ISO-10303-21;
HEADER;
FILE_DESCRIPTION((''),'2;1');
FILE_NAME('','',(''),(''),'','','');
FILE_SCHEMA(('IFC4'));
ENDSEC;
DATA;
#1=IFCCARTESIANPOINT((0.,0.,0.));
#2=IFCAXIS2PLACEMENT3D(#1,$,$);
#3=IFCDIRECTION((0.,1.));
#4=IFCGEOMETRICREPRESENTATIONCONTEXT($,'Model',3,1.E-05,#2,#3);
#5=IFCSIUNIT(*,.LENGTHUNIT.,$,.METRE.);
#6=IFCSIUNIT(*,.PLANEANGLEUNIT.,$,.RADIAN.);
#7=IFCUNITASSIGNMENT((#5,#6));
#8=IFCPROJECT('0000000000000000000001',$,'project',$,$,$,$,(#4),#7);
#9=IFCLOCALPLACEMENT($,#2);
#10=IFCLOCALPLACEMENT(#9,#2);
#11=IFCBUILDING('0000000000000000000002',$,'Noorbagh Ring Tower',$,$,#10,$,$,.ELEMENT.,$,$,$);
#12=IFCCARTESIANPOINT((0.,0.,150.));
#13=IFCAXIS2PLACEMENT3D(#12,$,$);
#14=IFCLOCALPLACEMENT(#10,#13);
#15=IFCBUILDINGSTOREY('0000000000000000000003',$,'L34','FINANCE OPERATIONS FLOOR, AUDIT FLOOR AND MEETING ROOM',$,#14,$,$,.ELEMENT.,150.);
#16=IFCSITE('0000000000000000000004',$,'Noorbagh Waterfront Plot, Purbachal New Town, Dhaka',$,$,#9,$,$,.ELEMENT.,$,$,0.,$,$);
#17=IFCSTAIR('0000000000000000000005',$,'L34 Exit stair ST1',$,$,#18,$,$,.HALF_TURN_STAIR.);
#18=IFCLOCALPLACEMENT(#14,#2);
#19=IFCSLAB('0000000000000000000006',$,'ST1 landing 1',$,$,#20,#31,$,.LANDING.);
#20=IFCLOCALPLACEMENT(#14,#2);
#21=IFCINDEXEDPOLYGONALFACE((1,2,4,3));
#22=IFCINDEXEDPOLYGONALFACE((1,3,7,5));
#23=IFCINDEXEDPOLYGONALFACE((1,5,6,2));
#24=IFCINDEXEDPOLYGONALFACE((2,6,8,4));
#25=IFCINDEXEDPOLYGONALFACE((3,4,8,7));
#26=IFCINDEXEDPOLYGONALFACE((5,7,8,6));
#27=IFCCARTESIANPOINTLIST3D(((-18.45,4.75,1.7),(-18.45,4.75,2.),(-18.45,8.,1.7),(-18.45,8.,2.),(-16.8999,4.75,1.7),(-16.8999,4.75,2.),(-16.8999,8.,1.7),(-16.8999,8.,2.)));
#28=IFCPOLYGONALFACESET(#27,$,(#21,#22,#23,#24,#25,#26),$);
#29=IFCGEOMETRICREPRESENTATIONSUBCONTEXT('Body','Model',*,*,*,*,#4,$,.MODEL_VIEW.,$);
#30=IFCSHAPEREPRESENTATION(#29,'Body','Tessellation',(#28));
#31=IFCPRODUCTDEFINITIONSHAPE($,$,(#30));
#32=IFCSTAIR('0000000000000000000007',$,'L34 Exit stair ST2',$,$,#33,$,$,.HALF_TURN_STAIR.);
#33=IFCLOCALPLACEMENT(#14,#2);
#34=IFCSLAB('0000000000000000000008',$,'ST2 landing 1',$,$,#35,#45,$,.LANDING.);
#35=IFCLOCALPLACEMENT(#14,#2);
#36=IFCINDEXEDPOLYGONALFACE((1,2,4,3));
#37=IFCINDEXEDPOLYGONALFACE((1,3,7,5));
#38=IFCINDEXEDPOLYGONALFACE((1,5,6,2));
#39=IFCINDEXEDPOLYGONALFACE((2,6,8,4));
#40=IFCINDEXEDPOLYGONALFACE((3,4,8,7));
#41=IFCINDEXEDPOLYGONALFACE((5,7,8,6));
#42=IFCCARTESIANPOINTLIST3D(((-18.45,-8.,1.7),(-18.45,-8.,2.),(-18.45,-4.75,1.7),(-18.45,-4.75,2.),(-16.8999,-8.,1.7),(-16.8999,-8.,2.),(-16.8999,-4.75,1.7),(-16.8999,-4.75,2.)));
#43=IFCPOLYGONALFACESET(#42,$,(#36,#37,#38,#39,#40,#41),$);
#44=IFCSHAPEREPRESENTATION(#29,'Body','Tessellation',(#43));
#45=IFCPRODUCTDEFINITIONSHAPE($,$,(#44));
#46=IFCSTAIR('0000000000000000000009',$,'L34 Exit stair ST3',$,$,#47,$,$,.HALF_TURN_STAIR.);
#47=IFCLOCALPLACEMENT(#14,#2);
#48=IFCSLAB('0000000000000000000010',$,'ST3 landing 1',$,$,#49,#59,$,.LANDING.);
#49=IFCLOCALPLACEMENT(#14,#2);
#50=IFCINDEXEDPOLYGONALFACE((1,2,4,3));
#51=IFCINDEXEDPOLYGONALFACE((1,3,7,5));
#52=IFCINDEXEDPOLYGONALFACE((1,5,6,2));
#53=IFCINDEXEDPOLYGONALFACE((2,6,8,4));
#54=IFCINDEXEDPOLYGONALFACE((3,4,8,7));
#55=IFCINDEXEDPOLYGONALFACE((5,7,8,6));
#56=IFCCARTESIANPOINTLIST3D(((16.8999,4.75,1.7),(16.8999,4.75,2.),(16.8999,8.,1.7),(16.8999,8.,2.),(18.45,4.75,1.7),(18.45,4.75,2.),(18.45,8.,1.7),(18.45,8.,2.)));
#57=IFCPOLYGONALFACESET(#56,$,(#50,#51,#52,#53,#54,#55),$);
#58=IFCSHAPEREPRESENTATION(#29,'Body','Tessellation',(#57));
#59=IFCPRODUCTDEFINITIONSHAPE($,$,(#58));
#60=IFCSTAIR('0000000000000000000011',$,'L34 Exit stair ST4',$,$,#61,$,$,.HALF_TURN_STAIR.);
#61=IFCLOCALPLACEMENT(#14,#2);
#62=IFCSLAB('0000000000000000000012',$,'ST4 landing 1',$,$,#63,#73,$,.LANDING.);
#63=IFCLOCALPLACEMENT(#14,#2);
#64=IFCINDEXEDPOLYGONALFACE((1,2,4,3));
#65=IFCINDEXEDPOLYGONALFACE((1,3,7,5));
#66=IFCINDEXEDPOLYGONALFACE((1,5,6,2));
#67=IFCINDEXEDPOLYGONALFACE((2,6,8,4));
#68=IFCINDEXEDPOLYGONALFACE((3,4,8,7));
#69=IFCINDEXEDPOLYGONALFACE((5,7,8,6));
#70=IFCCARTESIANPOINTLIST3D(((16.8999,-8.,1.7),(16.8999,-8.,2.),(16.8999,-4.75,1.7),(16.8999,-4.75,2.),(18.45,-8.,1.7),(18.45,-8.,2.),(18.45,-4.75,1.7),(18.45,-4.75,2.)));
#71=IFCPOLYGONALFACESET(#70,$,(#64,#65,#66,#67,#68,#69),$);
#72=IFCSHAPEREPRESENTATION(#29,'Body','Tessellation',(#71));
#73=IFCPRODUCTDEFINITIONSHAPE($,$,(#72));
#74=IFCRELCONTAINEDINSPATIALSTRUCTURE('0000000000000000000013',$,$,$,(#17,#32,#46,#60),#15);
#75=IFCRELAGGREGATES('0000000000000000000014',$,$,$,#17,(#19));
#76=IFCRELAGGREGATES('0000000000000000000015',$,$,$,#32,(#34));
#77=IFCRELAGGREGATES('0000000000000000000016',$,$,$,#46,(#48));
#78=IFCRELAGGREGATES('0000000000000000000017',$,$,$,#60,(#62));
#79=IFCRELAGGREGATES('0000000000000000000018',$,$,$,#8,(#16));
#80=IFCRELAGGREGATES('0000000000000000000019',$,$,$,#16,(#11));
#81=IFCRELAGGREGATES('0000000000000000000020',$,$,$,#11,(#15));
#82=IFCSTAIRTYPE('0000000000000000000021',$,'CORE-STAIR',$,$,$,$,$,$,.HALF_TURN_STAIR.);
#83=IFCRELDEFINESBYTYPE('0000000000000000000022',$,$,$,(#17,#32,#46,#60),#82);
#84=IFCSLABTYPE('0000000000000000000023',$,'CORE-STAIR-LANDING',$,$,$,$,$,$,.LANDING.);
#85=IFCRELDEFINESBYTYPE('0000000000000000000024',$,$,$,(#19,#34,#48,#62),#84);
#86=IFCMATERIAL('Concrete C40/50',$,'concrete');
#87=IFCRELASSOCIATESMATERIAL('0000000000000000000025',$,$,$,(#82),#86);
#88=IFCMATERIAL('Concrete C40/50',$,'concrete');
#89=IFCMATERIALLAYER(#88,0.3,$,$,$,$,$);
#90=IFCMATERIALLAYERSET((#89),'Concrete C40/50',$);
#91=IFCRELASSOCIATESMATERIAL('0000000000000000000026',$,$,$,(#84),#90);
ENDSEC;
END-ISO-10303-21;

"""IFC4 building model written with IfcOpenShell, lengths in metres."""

from ifc_helpers import new_model, si_unit, direction, frame, origin, place, context, subcontext, project, spatial, polyline, outline, extrude, material, layer, layer_set, type_object, element, aggregate, save


model = new_model("IFC4")

# Units and contexts
model_context = context("Model", 3, precision=1e-05, world=origin(), true_north=direction((0.0, 1.0)))
body_context = subcontext(model_context, "Body", "Model", "MODEL_VIEW")
ifc_project = project(units=[si_unit("LENGTHUNIT", "METRE"), si_unit("PLANEANGLEUNIT", "RADIAN")], contexts=[model_context])

# Site, building, storey
site_placement = place(None, origin())
site = spatial("IfcSite", under=ifc_project, at=site_placement, Name="Noorbagh Waterfront Plot, Purbachal New Town, Dhaka", CompositionType="ELEMENT", RefElevation=0.0)
building_placement = place(site_placement, origin())
building = spatial("IfcBuilding", under=site, at=building_placement, Name="Noorbagh Ring Tower", CompositionType="ELEMENT")
storey_placement = place(building_placement, frame((0.0, 0.0, 150.0)))
storey = spatial("IfcBuildingStorey", under=building, at=storey_placement, Name="L34", Description="FINANCE OPERATIONS FLOOR, AUDIT FLOOR AND MEETING ROOM", CompositionType="ELEMENT", Elevation=150.0)

# Stairs, slabs
ifc_material_1 = material(Name="Concrete C40/50", Category="concrete")
stair_type = type_object("IfcStairType", Name="CORE-STAIR", PredefinedType="HALF_TURN_STAIR", material=ifc_material_1)
stair_1_placement = place(storey_placement, origin())
stair_1 = element("IfcStair", 1, at=stair_1_placement, inside=storey, type_object=stair_type, Name="L34 Exit stair ST1", PredefinedType="HALF_TURN_STAIR")
ifc_material_2 = material(Name="Concrete C40/50", Category="concrete")
ifc_layer_1 = layer(ifc_material_2, 0.3)
ifc_layer_set_1 = layer_set([ifc_layer_1], Name="Concrete C40/50")
slab_type_1 = type_object("IfcSlabType", Name="CORE-STAIR-LANDING", PredefinedType="LANDING", material=ifc_layer_set_1)
slab_1_placement = place(storey_placement, frame((0.0, 0.0, 1.7)))
slab_1 = element("IfcSlab", 2, at=slab_1_placement, type_object=slab_type_1, Name="ST1 landing 1", PredefinedType="LANDING", context=body_context, shape_type="SweptSolid", body=[
    extrude(outline(polyline([(-18.45, 4.75), (-16.8999, 4.75), (-16.8999, 8.0), (-18.45, 8.0), (-18.45, 4.75)])), origin(), (0.0, 0.0, 1.0), 0.3),
])
aggregate(stair_1, [slab_1])
stair_2_placement = place(storey_placement, origin())
stair_2 = element("IfcStair", 3, at=stair_2_placement, inside=storey, type_object=stair_type, Name="L34 Exit stair ST2", PredefinedType="HALF_TURN_STAIR")
slab_2_placement = place(storey_placement, frame((0.0, 0.0, 1.7)))
slab_2 = element("IfcSlab", 4, at=slab_2_placement, type_object=slab_type_1, Name="ST2 landing 1", PredefinedType="LANDING", context=body_context, shape_type="SweptSolid", body=[
    extrude(outline(polyline([(-18.45, -8.0), (-16.8999, -8.0), (-16.8999, -4.75), (-18.45, -4.75), (-18.45, -8.0)])), origin(), (0.0, 0.0, 1.0), 0.3),
])
aggregate(stair_2, [slab_2])
stair_3_placement = place(storey_placement, origin())
stair_3 = element("IfcStair", 5, at=stair_3_placement, inside=storey, type_object=stair_type, Name="L34 Exit stair ST3", PredefinedType="HALF_TURN_STAIR")
slab_3_placement = place(storey_placement, frame((0.0, 0.0, 1.7)))
slab_3 = element("IfcSlab", 6, at=slab_3_placement, type_object=slab_type_1, Name="ST3 landing 1", PredefinedType="LANDING", context=body_context, shape_type="SweptSolid", body=[
    extrude(outline(polyline([(18.45, 8.0), (16.8999, 8.0), (16.8999, 4.75), (18.45, 4.75), (18.45, 8.0)])), origin(), (0.0, 0.0, 1.0), 0.3),
])
aggregate(stair_3, [slab_3])
stair_4_placement = place(storey_placement, origin())
stair_4 = element("IfcStair", 7, at=stair_4_placement, inside=storey, type_object=stair_type, Name="L34 Exit stair ST4", PredefinedType="HALF_TURN_STAIR")
slab_4_placement = place(storey_placement, frame((0.0, 0.0, 1.7)))
slab_4 = element("IfcSlab", 8, at=slab_4_placement, type_object=slab_type_1, Name="ST4 landing 1", PredefinedType="LANDING", context=body_context, shape_type="SweptSolid", body=[
    extrude(outline(polyline([(18.45, -4.75), (16.8999, -4.75), (16.8999, -8.0), (18.45, -8.0), (18.45, -4.75)])), origin(), (0.0, 0.0, 1.0), 0.3),
])
aggregate(stair_4, [slab_4])

save(model, "model.ifc")
